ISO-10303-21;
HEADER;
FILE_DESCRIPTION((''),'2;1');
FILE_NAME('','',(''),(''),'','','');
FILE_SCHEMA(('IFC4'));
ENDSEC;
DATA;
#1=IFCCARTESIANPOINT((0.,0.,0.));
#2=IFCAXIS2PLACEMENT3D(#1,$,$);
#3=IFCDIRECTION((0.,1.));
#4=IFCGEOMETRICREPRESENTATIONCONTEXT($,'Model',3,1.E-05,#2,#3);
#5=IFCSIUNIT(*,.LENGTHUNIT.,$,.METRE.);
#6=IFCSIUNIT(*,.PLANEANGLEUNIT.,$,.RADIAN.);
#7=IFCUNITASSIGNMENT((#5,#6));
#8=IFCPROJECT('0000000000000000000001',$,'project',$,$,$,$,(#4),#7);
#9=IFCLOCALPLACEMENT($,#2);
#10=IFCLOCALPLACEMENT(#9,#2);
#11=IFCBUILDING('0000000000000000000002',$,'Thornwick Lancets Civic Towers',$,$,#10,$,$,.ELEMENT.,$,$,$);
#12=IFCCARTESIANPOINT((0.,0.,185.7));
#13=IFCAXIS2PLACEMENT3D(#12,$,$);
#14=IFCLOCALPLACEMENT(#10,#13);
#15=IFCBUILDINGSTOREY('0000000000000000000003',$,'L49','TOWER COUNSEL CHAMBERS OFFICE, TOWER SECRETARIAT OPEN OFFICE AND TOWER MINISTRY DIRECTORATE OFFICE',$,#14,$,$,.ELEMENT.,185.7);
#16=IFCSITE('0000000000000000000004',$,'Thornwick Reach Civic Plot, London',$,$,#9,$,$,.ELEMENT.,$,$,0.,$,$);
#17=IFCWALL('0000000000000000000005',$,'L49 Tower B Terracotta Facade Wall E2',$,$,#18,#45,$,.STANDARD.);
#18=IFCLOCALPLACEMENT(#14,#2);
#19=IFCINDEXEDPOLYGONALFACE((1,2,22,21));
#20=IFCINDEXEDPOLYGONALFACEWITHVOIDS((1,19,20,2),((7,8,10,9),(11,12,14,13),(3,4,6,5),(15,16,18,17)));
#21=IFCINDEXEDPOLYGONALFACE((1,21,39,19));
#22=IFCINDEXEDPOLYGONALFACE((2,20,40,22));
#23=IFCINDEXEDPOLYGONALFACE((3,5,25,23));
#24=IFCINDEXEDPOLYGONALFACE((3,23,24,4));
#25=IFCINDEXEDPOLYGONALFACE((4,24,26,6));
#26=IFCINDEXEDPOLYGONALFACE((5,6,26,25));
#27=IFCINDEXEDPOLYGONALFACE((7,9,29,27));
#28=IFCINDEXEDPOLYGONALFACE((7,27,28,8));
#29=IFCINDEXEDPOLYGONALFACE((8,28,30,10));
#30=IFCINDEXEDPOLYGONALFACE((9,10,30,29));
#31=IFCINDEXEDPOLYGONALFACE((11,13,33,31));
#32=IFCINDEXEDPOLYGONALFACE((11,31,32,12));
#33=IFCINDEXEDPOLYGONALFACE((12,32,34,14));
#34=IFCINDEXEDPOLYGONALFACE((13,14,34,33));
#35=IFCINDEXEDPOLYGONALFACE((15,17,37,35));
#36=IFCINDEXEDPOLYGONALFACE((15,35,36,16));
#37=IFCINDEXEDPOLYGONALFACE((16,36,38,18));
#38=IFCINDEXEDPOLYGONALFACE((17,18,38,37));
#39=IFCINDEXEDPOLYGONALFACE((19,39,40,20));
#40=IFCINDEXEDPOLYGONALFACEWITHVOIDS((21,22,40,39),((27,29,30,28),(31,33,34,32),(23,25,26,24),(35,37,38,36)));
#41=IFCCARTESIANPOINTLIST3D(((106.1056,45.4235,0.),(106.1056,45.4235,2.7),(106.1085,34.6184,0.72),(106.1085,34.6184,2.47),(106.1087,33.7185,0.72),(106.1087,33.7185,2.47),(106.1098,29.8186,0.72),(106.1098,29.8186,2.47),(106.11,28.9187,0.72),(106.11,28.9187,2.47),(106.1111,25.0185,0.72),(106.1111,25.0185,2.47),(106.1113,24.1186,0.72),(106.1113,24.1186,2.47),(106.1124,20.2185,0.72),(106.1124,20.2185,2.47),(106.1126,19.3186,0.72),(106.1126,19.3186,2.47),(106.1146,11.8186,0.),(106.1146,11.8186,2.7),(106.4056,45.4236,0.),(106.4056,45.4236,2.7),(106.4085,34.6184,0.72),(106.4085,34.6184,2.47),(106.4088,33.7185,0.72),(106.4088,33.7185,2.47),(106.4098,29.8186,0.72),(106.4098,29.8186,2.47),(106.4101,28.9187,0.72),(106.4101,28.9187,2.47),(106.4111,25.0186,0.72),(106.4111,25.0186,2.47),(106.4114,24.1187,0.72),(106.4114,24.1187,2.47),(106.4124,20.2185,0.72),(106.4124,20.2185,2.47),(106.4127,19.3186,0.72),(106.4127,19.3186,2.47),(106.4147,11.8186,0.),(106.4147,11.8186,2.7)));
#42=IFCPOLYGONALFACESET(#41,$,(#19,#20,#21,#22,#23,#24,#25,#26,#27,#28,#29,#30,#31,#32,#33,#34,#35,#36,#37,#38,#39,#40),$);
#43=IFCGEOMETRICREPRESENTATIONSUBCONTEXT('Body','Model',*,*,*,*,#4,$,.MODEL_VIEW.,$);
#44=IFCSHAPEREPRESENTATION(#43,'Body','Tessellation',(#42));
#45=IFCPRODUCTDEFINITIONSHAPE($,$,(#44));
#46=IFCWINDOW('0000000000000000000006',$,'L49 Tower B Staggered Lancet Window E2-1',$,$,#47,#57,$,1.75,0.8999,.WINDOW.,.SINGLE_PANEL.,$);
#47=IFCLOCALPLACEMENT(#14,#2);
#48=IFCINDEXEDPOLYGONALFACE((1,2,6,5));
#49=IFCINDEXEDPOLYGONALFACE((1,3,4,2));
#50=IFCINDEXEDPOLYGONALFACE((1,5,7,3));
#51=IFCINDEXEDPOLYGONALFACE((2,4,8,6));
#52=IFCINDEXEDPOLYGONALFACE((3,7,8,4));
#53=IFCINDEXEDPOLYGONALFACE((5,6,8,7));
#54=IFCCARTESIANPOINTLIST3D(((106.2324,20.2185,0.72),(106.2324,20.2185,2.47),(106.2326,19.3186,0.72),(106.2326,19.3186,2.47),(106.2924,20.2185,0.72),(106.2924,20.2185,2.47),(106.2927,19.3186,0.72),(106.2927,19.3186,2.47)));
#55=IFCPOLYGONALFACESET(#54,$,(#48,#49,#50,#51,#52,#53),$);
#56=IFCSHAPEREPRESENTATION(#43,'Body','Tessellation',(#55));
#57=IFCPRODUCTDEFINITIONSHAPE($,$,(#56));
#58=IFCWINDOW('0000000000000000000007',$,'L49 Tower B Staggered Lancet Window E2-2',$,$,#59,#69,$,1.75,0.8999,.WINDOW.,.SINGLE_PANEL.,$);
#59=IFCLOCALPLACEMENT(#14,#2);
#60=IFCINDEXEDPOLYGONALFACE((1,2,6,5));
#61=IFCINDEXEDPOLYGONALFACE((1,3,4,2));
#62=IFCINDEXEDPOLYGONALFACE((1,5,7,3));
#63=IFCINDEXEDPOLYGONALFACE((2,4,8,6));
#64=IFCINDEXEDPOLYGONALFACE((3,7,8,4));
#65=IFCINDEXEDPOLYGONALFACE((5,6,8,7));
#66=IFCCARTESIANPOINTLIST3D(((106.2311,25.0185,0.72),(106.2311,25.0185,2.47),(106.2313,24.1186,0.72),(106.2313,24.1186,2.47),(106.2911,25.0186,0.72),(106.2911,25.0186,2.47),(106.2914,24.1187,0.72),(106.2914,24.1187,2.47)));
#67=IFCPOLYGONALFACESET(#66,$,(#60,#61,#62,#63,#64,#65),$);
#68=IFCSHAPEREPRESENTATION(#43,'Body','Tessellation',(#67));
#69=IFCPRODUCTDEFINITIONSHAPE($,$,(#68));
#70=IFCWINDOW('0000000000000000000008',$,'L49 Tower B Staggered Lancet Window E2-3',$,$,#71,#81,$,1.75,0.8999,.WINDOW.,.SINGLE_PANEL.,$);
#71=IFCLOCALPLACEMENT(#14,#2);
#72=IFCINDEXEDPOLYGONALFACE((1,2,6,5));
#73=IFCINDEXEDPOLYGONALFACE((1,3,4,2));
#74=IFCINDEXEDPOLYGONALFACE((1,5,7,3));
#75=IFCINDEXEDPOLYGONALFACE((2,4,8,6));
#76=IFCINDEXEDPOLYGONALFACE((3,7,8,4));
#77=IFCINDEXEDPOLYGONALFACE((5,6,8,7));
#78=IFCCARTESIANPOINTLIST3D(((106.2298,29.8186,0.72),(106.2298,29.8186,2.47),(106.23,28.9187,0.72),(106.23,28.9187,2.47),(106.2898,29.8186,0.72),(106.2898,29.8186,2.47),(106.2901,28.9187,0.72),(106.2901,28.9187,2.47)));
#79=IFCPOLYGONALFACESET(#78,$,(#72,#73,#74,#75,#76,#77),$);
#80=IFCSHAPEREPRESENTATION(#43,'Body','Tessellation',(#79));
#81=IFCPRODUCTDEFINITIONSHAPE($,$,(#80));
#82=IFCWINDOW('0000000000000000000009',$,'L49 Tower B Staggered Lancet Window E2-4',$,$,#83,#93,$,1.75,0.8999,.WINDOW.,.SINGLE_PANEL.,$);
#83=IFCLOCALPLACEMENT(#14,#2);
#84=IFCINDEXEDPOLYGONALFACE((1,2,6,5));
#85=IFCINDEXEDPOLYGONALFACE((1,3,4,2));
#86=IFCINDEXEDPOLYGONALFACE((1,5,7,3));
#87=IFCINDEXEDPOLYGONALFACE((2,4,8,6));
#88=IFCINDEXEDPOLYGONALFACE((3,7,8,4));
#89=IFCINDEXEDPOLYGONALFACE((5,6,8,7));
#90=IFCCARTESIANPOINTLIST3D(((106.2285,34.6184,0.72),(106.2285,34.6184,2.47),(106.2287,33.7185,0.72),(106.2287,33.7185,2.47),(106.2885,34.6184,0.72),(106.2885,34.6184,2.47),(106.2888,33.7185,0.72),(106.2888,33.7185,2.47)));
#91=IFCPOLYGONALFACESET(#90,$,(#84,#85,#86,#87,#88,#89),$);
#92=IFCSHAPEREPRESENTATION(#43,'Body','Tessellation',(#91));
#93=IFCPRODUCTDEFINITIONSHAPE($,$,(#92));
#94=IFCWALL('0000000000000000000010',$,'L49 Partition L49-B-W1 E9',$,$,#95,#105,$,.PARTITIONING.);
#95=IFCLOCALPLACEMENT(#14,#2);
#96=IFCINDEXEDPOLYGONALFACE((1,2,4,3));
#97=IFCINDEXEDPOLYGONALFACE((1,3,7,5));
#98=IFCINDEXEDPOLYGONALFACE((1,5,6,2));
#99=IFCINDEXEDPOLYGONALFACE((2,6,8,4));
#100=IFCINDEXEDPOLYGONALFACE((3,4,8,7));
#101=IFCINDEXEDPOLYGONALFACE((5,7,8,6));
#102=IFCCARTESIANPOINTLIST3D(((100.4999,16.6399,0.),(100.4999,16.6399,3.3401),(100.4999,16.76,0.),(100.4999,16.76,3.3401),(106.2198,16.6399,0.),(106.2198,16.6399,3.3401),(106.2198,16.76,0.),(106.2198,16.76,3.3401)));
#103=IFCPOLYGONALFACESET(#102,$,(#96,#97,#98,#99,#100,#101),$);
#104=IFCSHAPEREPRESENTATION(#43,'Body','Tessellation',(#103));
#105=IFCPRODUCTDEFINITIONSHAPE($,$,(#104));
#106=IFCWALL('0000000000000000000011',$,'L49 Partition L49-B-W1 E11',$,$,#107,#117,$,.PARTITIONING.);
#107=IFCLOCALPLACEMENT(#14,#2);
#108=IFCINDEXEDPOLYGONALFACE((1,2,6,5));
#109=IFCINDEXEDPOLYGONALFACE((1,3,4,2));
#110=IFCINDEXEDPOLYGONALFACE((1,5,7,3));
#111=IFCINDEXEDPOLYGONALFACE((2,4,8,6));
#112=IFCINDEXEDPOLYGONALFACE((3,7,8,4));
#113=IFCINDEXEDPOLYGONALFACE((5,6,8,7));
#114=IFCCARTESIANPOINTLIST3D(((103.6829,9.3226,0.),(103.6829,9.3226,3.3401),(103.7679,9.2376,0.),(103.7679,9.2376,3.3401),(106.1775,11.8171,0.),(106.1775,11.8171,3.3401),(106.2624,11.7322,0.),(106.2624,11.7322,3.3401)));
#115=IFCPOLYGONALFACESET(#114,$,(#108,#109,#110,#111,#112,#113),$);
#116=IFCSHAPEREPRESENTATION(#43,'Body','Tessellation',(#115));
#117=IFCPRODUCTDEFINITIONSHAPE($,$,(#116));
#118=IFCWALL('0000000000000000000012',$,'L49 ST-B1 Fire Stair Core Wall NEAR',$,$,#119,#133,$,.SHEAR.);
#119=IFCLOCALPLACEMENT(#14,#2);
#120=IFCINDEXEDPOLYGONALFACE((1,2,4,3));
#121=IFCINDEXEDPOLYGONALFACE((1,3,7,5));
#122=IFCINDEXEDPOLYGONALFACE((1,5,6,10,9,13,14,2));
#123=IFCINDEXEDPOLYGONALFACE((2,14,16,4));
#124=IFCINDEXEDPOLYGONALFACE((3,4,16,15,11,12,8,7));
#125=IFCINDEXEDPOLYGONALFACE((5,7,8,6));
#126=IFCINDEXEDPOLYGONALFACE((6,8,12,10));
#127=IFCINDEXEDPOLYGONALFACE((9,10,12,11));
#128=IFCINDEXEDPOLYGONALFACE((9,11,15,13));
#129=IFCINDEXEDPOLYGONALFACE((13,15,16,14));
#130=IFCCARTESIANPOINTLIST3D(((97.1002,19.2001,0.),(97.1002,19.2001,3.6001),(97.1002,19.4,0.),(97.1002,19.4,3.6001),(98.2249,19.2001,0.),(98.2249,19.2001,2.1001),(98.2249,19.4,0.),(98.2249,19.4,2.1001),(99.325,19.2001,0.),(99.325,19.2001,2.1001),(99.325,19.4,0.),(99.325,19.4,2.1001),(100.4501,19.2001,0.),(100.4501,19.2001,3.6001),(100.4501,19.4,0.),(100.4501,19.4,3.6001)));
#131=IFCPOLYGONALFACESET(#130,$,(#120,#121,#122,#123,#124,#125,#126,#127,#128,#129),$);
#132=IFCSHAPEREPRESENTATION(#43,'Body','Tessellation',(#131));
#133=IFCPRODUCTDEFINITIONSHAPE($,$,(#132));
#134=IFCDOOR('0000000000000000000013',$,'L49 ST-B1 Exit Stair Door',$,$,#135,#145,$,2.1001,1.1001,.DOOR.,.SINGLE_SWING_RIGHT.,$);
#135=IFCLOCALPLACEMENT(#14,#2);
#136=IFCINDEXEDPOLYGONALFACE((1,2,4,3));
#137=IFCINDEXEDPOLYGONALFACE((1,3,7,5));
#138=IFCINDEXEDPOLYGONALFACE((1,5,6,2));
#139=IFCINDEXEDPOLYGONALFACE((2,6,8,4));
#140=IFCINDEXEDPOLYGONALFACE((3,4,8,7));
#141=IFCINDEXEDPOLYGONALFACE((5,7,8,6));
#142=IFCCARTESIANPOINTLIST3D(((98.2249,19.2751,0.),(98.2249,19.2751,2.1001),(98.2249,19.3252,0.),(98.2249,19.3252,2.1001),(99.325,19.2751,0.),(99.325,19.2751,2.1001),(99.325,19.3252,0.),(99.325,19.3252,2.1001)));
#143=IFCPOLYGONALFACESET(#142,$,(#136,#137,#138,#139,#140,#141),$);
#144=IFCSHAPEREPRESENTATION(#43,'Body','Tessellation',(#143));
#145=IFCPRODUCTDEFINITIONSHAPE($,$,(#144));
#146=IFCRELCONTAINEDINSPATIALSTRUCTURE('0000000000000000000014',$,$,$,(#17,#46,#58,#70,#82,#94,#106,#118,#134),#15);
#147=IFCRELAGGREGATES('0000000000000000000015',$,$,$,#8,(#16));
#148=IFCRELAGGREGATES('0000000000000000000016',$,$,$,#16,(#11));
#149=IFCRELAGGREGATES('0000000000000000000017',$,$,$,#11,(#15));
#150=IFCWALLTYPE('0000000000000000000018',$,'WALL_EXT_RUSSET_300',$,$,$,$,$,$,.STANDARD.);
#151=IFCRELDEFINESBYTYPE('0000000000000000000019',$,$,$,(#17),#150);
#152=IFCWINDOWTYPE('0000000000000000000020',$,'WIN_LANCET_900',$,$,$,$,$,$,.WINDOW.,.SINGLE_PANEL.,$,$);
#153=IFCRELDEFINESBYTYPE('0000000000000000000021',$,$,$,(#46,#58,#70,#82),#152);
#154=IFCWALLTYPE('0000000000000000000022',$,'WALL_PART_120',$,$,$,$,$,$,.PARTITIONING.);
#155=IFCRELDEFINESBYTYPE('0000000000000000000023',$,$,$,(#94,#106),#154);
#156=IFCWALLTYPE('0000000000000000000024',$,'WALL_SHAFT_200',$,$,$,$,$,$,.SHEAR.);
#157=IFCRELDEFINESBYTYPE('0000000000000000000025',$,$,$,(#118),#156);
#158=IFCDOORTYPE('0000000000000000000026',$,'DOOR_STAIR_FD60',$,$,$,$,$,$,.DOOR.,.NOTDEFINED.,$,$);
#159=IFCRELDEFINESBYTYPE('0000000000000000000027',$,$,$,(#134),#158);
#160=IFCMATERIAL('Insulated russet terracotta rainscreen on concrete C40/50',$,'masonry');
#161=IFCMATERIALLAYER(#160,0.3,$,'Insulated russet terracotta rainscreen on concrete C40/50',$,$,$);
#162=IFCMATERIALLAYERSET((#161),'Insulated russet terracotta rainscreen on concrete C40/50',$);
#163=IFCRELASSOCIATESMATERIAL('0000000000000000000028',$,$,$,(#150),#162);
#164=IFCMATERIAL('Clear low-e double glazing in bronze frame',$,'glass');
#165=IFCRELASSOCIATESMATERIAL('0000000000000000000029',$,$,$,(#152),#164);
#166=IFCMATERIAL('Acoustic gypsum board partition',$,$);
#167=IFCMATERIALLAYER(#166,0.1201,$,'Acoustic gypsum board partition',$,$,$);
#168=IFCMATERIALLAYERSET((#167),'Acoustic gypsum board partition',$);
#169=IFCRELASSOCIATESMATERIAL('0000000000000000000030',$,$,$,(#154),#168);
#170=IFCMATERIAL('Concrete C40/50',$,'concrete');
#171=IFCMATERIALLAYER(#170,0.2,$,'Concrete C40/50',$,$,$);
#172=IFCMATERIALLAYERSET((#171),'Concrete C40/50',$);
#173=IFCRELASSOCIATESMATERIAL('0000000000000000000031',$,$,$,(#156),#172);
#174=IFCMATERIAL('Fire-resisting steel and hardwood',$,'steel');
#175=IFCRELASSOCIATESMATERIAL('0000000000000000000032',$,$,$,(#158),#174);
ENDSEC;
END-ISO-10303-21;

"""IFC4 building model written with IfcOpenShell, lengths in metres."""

from ifc_helpers import new_model, si_unit, direction, frame, frame_2d, origin, place, context, subcontext, project, spatial, rectangle, extrude, material, layer, layer_set, type_object, element, fill, save


model = new_model("IFC4")

# Units and contexts
model_context = context("Model", 3, precision=1e-05, world=origin(), true_north=direction((0.0, 1.0)))
body_context = subcontext(model_context, "Body", "Model", "MODEL_VIEW")
ifc_project = project(units=[si_unit("LENGTHUNIT", "METRE"), si_unit("PLANEANGLEUNIT", "RADIAN")], contexts=[model_context])

# Site, building, storey
site_placement = place(None, origin())
site = spatial("IfcSite", under=ifc_project, at=site_placement, Name="Thornwick Reach Civic Plot, London", CompositionType="ELEMENT", RefElevation=0.0)
building_placement = place(site_placement, origin())
building = spatial("IfcBuilding", under=site, at=building_placement, Name="Thornwick Lancets Civic Towers", CompositionType="ELEMENT")
storey_placement = place(building_placement, frame((0.0, 0.0, 185.7)))
storey = spatial("IfcBuildingStorey", under=building, at=storey_placement, Name="L49", Description="TOWER COUNSEL CHAMBERS OFFICE, TOWER SECRETARIAT OPEN OFFICE AND TOWER MINISTRY DIRECTORATE OFFICE", CompositionType="ELEMENT", Elevation=185.7)

# Shared definitions
ifc_material_1 = material(Name="Concrete C40/50", Category="concrete")

# Wall, openings, windows
ifc_material_2 = material(Name="Insulated russet terracotta rainscreen on concrete C40/50", Category="masonry")
ifc_layer_1 = layer(ifc_material_2, 0.3, Name="Insulated russet terracotta rainscreen on concrete C40/50")
ifc_layer_set_1 = layer_set([ifc_layer_1], Name="Insulated russet terracotta rainscreen on concrete C40/50")
wall_type_1 = type_object("IfcWallType", Name="WALL_EXT_RUSSET_300", PredefinedType="STANDARD", material=ifc_layer_set_1)
wall_1_placement = place(storey_placement, frame((106.2646, 11.8186, 0.0), z_axis=(0.0, 0.0, 1.0), x_axis=(-0.000269, 1.0, 0.0)))
wall_1 = element("IfcWall", 1, at=wall_1_placement, inside=storey, type_object=wall_type_1, Name="L49 Tower B Terracotta Facade Wall E2", PredefinedType="STANDARD", context=body_context, shape_type="SweptSolid", body=[
    extrude(rectangle(XDim=33.605, YDim=0.3, at=frame_2d((16.8025, 0.0))), origin(), (0.0, 0.0, 1.0), 2.7),
])
opening_1_placement = place(wall_1_placement, frame((7.5, 0.0, 0.72)))
opening_1 = element("IfcOpeningElement", 2, at=opening_1_placement, cuts=wall_1, PredefinedType="OPENING", context=body_context, shape_type="SweptSolid", body=[
    extrude(rectangle(XDim=0.8999, YDim=1.75, at=frame_2d((0.45, 0.875))), frame((0.0, 0.1602, 0.0), z_axis=(0.0, -1.0, 0.0), x_axis=(1.0, 0.0, 0.0)), (0.0, 0.0, 1.0), 0.3201),
])
opening_2_placement = place(wall_1_placement, frame((12.3, 0.0, 0.72)))
opening_2 = element("IfcOpeningElement", 3, at=opening_2_placement, cuts=wall_1, PredefinedType="OPENING", context=body_context, shape_type="SweptSolid", body=[
    extrude(rectangle(XDim=0.8999, YDim=1.75, at=frame_2d((0.45, 0.875))), frame((0.0, 0.1602, 0.0), z_axis=(0.0, -1.0, 0.0), x_axis=(1.0, 0.0, 0.0)), (0.0, 0.0, 1.0), 0.3201),
])
opening_3_placement = place(wall_1_placement, frame((17.1001, 0.0, 0.72)))
opening_3 = element("IfcOpeningElement", 4, at=opening_3_placement, cuts=wall_1, PredefinedType="OPENING", context=body_context, shape_type="SweptSolid", body=[
    extrude(rectangle(XDim=0.8999, YDim=1.75, at=frame_2d((0.45, 0.875))), frame((0.0, 0.1602, 0.0), z_axis=(0.0, -1.0, 0.0), x_axis=(1.0, 0.0, 0.0)), (0.0, 0.0, 1.0), 0.3201),
])
opening_4_placement = place(wall_1_placement, frame((21.8999, 0.0, 0.72)))
opening_4 = element("IfcOpeningElement", 5, at=opening_4_placement, cuts=wall_1, PredefinedType="OPENING", context=body_context, shape_type="SweptSolid", body=[
    extrude(rectangle(XDim=0.8999, YDim=1.75, at=frame_2d((0.45, 0.875))), frame((0.0, 0.1602, 0.0), z_axis=(0.0, -1.0, 0.0), x_axis=(1.0, 0.0, 0.0)), (0.0, 0.0, 1.0), 0.3201),
])
ifc_material_3 = material(Name="Clear low-e double glazing in bronze frame", Category="glass")
window_type = type_object("IfcWindowType", Name="WIN_LANCET_900", PartitioningType="SINGLE_PANEL", PredefinedType="WINDOW", material=ifc_material_3)
window_1_placement = place(opening_1_placement, origin())
window_1 = element("IfcWindow", 6, at=window_1_placement, inside=storey, type_object=window_type, Name="L49 Tower B Staggered Lancet Window E2-1", OverallHeight=1.75, OverallWidth=0.8999, PartitioningType="SINGLE_PANEL", PredefinedType="WINDOW", context=body_context, shape_type="SweptSolid", body=[
    extrude(rectangle(XDim=0.8999, YDim=1.75, at=frame_2d((0.45, 0.875))), frame((0.0, 0.03, 0.0), z_axis=(0.0, -1.0, 0.0), x_axis=(1.0, 0.0, 0.0)), (0.0, 0.0, 1.0), 0.0601),
])
fill(opening_1, window_1)
window_2_placement = place(opening_2_placement, origin())
window_2 = element("IfcWindow", 7, at=window_2_placement, inside=storey, type_object=window_type, Name="L49 Tower B Staggered Lancet Window E2-2", OverallHeight=1.75, OverallWidth=0.8999, PartitioningType="SINGLE_PANEL", PredefinedType="WINDOW", context=body_context, shape_type="SweptSolid", body=[
    extrude(rectangle(XDim=0.8999, YDim=1.75, at=frame_2d((0.45, 0.875))), frame((0.0, 0.03, 0.0), z_axis=(0.0, -1.0, 0.0), x_axis=(1.0, 0.0, 0.0)), (0.0, 0.0, 1.0), 0.0601),
])
fill(opening_2, window_2)
window_3_placement = place(opening_3_placement, origin())
window_3 = element("IfcWindow", 8, at=window_3_placement, inside=storey, type_object=window_type, Name="L49 Tower B Staggered Lancet Window E2-3", OverallHeight=1.75, OverallWidth=0.8999, PartitioningType="SINGLE_PANEL", PredefinedType="WINDOW", context=body_context, shape_type="SweptSolid", body=[
    extrude(rectangle(XDim=0.8999, YDim=1.75, at=frame_2d((0.45, 0.875))), frame((0.0, 0.03, 0.0), z_axis=(0.0, -1.0, 0.0), x_axis=(1.0, 0.0, 0.0)), (0.0, 0.0, 1.0), 0.0601),
])
fill(opening_3, window_3)
window_4_placement = place(opening_4_placement, origin())
window_4 = element("IfcWindow", 9, at=window_4_placement, inside=storey, type_object=window_type, Name="L49 Tower B Staggered Lancet Window E2-4", OverallHeight=1.75, OverallWidth=0.8999, PartitioningType="SINGLE_PANEL", PredefinedType="WINDOW", context=body_context, shape_type="SweptSolid", body=[
    extrude(rectangle(XDim=0.8999, YDim=1.75, at=frame_2d((0.45, 0.875))), frame((0.0, 0.03, 0.0), z_axis=(0.0, -1.0, 0.0), x_axis=(1.0, 0.0, 0.0)), (0.0, 0.0, 1.0), 0.0601),
])
fill(opening_4, window_4)

# Walls
ifc_material_4 = material(Name="Acoustic gypsum board partition")
ifc_layer_2 = layer(ifc_material_4, 0.1201, Name="Acoustic gypsum board partition")
ifc_layer_set_2 = layer_set([ifc_layer_2], Name="Acoustic gypsum board partition")
wall_type_2 = type_object("IfcWallType", Name="WALL_PART_120", PredefinedType="PARTITIONING", material=ifc_layer_set_2)
wall_2_placement = place(storey_placement, frame((100.5, 16.7, 0.0), z_axis=(0.0, 0.0, 1.0), x_axis=(1.0, 0.0, 0.0)))
element("IfcWall", 10, at=wall_2_placement, inside=storey, type_object=wall_type_2, Name="L49 Partition L49-B-W1 E9", PredefinedType="PARTITIONING", context=body_context, shape_type="SweptSolid", body=[
    extrude(rectangle(XDim=5.72, YDim=0.1201, at=frame_2d((2.8599, 0.0))), origin(), (0.0, 0.0, 1.0), 3.3401),
])
wall_3_placement = place(storey_placement, frame((106.22, 11.7747, 0.0), z_axis=(0.0, 0.0, 1.0), x_axis=(-0.707107, -0.707107, 0.0)))
element("IfcWall", 11, at=wall_3_placement, inside=storey, type_object=wall_type_2, Name="L49 Partition L49-B-W1 E11", PredefinedType="PARTITIONING", context=body_context, shape_type="SweptSolid", body=[
    extrude(rectangle(XDim=3.5278, YDim=0.1201, at=frame_2d((1.7639, 0.0))), origin(), (0.0, 0.0, 1.0), 3.3401),
])

# Wall, opening, door
ifc_layer_3 = layer(ifc_material_1, 0.2, Name="Concrete C40/50")
ifc_layer_set_3 = layer_set([ifc_layer_3], Name="Concrete C40/50")
wall_type_3 = type_object("IfcWallType", Name="WALL_SHAFT_200", PredefinedType="SHEAR", material=ifc_layer_set_3)
wall_4_placement = place(storey_placement, frame((100.45, 19.3, 0.0), z_axis=(0.0, 0.0, 1.0), x_axis=(-1.0, 0.0, 0.0)))
wall_4 = element("IfcWall", 12, at=wall_4_placement, inside=storey, type_object=wall_type_3, Name="L49 ST-B1 Fire Stair Core Wall NEAR", PredefinedType="SHEAR", context=body_context, shape_type="SweptSolid", body=[
    extrude(rectangle(XDim=3.3499, YDim=0.2, at=frame_2d((1.6748, 0.0))), origin(), (0.0, 0.0, 1.0), 3.6001),
])
opening_5_placement = place(wall_4_placement, frame((1.125, 0.0, 0.0)))
opening_5 = element("IfcOpeningElement", 13, at=opening_5_placement, cuts=wall_4, PredefinedType="OPENING", context=body_context, shape_type="SweptSolid", body=[
    extrude(rectangle(XDim=1.1001, YDim=2.1001, at=frame_2d((0.55, 1.05))), frame((0.0, 0.1099, 0.0), z_axis=(0.0, -1.0, 0.0), x_axis=(1.0, 0.0, 0.0)), (0.0, 0.0, 1.0), 0.22),
])
ifc_material_5 = material(Name="Fire-resisting steel and hardwood", Category="steel")
door_type = type_object("IfcDoorType", Name="DOOR_STAIR_FD60", OperationType="NOTDEFINED", PredefinedType="DOOR", material=ifc_material_5)
door_placement = place(opening_5_placement, origin())
door = element("IfcDoor", 14, at=door_placement, inside=storey, type_object=door_type, Name="L49 ST-B1 Exit Stair Door", OperationType="SINGLE_SWING_RIGHT", OverallHeight=2.1001, OverallWidth=1.1001, PredefinedType="DOOR", context=body_context, shape_type="SweptSolid", body=[
    extrude(rectangle(XDim=1.1001, YDim=2.1001, at=frame_2d((0.55, 1.05))), frame((0.0, 0.0249, 0.0), z_axis=(0.0, -1.0, 0.0), x_axis=(1.0, 0.0, 0.0)), (0.0, 0.0, 1.0), 0.05),
])
fill(opening_5, door)

save(model, "model.ifc")
